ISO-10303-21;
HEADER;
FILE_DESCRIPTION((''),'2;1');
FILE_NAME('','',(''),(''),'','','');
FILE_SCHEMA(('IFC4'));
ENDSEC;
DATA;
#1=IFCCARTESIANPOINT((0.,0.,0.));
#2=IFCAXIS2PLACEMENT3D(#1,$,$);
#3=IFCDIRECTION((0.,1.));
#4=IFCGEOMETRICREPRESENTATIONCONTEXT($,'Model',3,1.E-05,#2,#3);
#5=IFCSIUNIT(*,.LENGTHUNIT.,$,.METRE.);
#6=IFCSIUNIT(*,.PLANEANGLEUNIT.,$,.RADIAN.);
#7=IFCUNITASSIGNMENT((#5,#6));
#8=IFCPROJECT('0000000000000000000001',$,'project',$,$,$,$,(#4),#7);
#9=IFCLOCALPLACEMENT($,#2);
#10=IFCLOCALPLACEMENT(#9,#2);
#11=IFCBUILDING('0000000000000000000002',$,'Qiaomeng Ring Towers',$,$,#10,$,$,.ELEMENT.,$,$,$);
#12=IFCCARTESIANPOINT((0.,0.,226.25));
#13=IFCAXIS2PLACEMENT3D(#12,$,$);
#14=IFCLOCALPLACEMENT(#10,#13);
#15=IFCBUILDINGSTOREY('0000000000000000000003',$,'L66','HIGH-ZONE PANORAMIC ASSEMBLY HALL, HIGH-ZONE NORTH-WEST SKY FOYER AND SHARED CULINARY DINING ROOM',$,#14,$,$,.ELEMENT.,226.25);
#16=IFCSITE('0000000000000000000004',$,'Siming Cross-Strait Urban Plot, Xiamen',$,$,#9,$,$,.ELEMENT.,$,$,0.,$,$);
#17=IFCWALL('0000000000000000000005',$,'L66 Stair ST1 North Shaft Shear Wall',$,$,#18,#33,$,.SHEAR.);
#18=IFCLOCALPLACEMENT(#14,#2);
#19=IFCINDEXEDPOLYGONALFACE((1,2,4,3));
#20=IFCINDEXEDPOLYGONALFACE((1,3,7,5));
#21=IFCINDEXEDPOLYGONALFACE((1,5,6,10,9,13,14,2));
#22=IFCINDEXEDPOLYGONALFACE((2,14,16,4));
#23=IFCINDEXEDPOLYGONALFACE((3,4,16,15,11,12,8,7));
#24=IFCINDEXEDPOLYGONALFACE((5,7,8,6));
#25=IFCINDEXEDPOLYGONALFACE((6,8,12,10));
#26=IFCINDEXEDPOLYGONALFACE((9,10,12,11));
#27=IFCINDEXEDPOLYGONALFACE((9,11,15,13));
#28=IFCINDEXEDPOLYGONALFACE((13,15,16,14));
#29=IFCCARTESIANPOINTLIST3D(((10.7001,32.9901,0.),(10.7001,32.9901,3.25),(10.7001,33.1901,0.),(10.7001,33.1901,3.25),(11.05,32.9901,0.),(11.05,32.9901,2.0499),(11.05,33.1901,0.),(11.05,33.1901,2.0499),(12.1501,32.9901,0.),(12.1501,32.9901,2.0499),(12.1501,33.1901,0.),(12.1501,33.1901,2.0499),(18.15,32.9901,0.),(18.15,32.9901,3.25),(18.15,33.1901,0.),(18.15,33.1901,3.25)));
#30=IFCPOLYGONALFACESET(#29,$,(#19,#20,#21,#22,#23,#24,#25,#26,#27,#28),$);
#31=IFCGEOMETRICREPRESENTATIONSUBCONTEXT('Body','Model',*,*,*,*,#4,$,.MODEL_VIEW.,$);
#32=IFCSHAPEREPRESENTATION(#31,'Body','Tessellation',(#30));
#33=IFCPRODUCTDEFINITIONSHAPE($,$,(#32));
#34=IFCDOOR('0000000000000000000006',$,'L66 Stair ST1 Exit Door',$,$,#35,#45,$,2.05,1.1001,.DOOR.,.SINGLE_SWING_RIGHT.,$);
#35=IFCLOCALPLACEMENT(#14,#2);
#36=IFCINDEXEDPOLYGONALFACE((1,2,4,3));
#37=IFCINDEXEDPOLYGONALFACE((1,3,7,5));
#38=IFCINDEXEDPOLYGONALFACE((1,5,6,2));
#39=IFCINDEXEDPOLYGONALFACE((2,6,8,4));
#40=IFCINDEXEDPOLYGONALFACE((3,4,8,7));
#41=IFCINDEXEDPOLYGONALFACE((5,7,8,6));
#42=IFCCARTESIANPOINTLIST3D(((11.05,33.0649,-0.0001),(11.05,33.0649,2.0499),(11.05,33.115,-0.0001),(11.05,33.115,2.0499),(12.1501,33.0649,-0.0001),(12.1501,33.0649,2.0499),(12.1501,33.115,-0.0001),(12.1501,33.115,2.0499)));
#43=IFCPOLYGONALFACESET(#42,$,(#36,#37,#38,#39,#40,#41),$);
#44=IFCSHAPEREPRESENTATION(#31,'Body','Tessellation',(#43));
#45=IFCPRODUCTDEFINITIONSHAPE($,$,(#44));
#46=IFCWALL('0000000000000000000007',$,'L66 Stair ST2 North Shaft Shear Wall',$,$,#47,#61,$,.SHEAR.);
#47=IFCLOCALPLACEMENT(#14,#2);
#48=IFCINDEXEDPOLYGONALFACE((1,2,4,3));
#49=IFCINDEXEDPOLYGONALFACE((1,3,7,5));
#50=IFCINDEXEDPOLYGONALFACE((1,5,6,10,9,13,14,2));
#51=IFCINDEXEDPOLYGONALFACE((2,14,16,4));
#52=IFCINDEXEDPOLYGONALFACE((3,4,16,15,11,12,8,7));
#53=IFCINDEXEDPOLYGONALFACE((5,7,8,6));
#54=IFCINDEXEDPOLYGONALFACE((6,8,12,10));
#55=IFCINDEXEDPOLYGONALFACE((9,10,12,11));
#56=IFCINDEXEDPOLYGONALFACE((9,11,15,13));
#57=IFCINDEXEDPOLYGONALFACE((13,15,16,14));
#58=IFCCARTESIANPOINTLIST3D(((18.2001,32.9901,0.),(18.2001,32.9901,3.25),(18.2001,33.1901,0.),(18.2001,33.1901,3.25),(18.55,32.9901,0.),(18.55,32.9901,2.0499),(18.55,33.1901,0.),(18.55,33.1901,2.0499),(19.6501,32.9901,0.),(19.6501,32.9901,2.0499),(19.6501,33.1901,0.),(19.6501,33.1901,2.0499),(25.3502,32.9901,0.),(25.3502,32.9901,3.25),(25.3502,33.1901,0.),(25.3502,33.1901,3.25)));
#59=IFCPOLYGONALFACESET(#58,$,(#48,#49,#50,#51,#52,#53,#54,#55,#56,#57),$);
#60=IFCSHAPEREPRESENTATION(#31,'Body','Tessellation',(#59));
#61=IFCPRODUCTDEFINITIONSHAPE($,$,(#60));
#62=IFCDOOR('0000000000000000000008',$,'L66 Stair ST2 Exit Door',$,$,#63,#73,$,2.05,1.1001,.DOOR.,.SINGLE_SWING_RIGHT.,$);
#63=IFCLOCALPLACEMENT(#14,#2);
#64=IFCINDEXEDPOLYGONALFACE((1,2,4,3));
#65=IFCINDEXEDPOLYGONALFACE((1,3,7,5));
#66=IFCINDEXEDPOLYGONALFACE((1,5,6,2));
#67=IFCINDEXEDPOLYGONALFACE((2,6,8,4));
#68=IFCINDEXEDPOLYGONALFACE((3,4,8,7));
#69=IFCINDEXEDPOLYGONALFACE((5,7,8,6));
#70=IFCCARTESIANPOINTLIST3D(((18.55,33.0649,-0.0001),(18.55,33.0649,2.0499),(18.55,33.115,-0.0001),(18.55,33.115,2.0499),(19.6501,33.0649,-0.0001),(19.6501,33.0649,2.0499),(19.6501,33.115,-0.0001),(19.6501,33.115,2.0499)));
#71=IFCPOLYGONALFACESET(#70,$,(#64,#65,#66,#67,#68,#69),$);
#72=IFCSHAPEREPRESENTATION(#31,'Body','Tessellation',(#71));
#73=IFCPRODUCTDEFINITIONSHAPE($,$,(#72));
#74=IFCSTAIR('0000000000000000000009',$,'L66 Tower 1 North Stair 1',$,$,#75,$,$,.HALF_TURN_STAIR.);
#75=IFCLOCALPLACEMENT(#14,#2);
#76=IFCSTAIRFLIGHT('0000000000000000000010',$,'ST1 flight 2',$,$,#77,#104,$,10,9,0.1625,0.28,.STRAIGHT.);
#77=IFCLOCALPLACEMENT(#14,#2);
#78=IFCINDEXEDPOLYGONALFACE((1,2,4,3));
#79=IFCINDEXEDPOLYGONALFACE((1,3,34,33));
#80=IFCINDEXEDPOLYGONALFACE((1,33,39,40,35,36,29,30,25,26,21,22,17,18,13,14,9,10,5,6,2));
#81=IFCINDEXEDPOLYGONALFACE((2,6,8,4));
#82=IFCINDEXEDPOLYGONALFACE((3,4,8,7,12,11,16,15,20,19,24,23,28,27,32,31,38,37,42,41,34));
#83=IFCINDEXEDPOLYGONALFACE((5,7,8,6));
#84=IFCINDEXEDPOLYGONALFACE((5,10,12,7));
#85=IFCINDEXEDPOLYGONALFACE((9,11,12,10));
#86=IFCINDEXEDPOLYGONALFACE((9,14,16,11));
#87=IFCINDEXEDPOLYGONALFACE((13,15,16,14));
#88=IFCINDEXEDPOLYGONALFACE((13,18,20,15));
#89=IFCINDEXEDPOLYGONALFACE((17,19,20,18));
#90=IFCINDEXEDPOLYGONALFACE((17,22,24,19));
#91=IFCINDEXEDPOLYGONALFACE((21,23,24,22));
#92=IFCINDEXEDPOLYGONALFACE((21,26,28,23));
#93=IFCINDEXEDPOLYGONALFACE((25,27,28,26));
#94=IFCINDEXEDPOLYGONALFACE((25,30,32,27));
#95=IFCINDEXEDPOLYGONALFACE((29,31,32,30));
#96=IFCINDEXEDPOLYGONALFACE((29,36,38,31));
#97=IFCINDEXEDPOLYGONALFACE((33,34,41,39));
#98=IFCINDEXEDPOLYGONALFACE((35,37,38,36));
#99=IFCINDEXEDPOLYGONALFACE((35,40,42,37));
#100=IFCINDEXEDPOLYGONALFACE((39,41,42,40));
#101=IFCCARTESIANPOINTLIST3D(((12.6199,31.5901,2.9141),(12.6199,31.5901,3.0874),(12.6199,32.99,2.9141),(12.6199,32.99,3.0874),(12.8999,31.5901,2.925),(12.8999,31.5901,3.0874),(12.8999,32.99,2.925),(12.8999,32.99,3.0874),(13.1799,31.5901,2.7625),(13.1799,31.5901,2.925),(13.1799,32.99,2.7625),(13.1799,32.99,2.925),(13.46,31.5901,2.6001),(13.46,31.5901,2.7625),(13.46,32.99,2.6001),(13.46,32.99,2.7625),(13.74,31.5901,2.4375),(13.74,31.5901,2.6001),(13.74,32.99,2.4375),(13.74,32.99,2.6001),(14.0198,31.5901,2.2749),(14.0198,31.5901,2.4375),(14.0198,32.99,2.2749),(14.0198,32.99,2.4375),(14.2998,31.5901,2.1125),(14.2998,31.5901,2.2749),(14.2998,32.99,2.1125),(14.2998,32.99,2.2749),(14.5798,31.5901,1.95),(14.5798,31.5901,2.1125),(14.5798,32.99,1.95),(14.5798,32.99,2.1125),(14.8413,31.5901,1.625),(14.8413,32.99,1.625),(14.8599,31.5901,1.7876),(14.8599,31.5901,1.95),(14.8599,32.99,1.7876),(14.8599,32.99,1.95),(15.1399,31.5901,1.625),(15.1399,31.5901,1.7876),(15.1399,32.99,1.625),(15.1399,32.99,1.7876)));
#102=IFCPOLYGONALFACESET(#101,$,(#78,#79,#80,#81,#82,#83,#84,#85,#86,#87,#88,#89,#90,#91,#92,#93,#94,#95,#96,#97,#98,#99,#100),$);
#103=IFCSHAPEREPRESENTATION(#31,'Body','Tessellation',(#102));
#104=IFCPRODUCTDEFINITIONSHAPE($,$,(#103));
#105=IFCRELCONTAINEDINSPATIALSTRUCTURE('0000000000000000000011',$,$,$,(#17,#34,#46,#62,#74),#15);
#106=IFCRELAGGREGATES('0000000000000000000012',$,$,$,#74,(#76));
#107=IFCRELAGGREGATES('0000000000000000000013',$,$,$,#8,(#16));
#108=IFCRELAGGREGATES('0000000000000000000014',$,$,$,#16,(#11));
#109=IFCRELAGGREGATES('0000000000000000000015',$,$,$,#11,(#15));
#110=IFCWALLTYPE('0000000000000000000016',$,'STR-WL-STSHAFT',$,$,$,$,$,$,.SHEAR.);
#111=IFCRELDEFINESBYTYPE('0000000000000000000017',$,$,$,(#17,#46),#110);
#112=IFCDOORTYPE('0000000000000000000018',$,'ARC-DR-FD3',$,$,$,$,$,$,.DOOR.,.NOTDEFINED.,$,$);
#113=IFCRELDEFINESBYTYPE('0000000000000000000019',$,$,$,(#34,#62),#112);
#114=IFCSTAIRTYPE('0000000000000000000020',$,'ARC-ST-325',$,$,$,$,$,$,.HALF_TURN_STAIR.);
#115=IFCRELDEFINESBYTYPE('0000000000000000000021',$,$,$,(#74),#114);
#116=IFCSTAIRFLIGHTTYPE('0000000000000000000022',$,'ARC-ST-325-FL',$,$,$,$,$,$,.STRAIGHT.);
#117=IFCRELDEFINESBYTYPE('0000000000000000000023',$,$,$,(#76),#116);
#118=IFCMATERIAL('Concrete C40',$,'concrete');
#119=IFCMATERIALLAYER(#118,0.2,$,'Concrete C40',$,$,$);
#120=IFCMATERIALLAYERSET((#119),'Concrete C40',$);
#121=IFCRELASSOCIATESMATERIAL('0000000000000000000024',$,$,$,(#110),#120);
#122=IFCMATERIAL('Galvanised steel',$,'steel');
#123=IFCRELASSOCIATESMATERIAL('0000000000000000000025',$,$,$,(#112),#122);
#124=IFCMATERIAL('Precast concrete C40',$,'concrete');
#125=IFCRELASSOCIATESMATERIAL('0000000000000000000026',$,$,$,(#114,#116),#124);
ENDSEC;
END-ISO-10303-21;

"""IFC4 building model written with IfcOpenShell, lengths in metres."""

from ifc_helpers import new_model, si_unit, direction, frame, frame_2d, origin, place, context, subcontext, project, spatial, polyline, rectangle, outline, extrude, source, transform, mapped, material, layer, layer_set, type_object, element, fill, aggregate, save


model = new_model("IFC4")

# Units and contexts
model_context = context("Model", 3, precision=1e-05, world=origin(), true_north=direction((0.0, 1.0)))
body_context = subcontext(model_context, "Body", "Model", "MODEL_VIEW")
ifc_project = project(units=[si_unit("LENGTHUNIT", "METRE"), si_unit("PLANEANGLEUNIT", "RADIAN")], contexts=[model_context])

# Site, building, storey
site_placement = place(None, origin())
site = spatial("IfcSite", under=ifc_project, at=site_placement, Name="Siming Cross-Strait Urban Plot, Xiamen", CompositionType="ELEMENT", RefElevation=0.0)
building_placement = place(site_placement, origin())
building = spatial("IfcBuilding", under=site, at=building_placement, Name="Qiaomeng Ring Towers", CompositionType="ELEMENT")
storey_placement = place(building_placement, frame((0.0, 0.0, 226.25)))
storey = spatial("IfcBuildingStorey", under=building, at=storey_placement, Name="L66", Description="HIGH-ZONE PANORAMIC ASSEMBLY HALL, HIGH-ZONE NORTH-WEST SKY FOYER AND SHARED CULINARY DINING ROOM", CompositionType="ELEMENT", Elevation=226.25)

# Shared definitions
ifc_material_1 = material(Name="Concrete C40", Category="concrete")
ifc_layer_1 = layer(ifc_material_1, 0.2, Name="Concrete C40")
ifc_layer_set_1 = layer_set([ifc_layer_1], Name="Concrete C40")
wall_type_1 = type_object("IfcWallType", Name="STR-WL-STSHAFT", PredefinedType="SHEAR", material=ifc_layer_set_1)

# Walls, openings, doors
wall_1_placement = place(storey_placement, frame((10.7, 33.0901, 0.0), z_axis=(0.0, 0.0, 1.0), x_axis=(1.0, 0.0, 0.0)))
wall_1 = element("IfcWall", 1, at=wall_1_placement, inside=storey, type_object=wall_type_1, Name="L66 Stair ST1 North Shaft Shear Wall", PredefinedType="SHEAR", context=body_context, shape_type="SweptSolid", body=[
    extrude(rectangle(XDim=7.45, YDim=0.2, at=frame_2d((3.7251, 0.0))), origin(), (0.0, 0.0, 1.0), 3.25),
])
opening_1_placement = place(wall_1_placement, frame((0.3501, 0.0, 0.0)))
opening_1 = element("IfcOpeningElement", 2, at=opening_1_placement, cuts=wall_1, PredefinedType="OPENING", context=body_context, shape_type="SweptSolid", body=[
    extrude(rectangle(XDim=1.1001, YDim=2.05, at=frame_2d((0.55, 1.0249))), frame((0.0, 0.1099, 0.0), z_axis=(0.0, -1.0, 0.0), x_axis=(1.0, 0.0, 0.0)), (0.0, 0.0, 1.0), 0.22),
])
ifc_material_2 = material(Name="Galvanised steel", Category="steel")
door_type = type_object("IfcDoorType", Name="ARC-DR-FD3", OperationType="NOTDEFINED", PredefinedType="DOOR", material=ifc_material_2)
shared_shape_1 = source(origin(), body_context, "Body", "SweptSolid", [
    extrude(rectangle(XDim=1.1001, YDim=2.05, at=frame_2d((0.55, 1.0249))), frame((0.0, 0.0249, 0.0), z_axis=(0.0, -1.0, 0.0), x_axis=(1.0, 0.0, 0.0)), (0.0, 0.0, 1.0), 0.05),
])
door_1_placement = place(opening_1_placement, origin())
door_1 = element("IfcDoor", 3, at=door_1_placement, inside=storey, type_object=door_type, Name="L66 Stair ST1 Exit Door", OperationType="SINGLE_SWING_RIGHT", OverallHeight=2.05, OverallWidth=1.1001, PredefinedType="DOOR", context=body_context, shape_type="MappedRepresentation", body=[
    mapped(shared_shape_1, transform((0.0, 0.0, 0.0), x_axis=(1.0, 0.0, 0.0), y_axis=(0.0, 1.0, 0.0), z_axis=(0.0, 0.0, 1.0), scale=1.0)),
])
fill(opening_1, door_1)
wall_2_placement = place(storey_placement, frame((18.2, 33.0901, 0.0), z_axis=(0.0, 0.0, 1.0), x_axis=(1.0, 0.0, 0.0)))
wall_2 = element("IfcWall", 4, at=wall_2_placement, inside=storey, type_object=wall_type_1, Name="L66 Stair ST2 North Shaft Shear Wall", PredefinedType="SHEAR", context=body_context, shape_type="SweptSolid", body=[
    extrude(rectangle(XDim=7.1501, YDim=0.2, at=frame_2d((3.5752, 0.0))), origin(), (0.0, 0.0, 1.0), 3.25),
])
opening_2_placement = place(wall_2_placement, frame((0.3501, 0.0, 0.0)))
opening_2 = element("IfcOpeningElement", 5, at=opening_2_placement, cuts=wall_2, PredefinedType="OPENING", context=body_context, shape_type="SweptSolid", body=[
    extrude(rectangle(XDim=1.1001, YDim=2.05, at=frame_2d((0.55, 1.0249))), frame((0.0, 0.1099, 0.0), z_axis=(0.0, -1.0, 0.0), x_axis=(1.0, 0.0, 0.0)), (0.0, 0.0, 1.0), 0.22),
])
door_2_placement = place(opening_2_placement, origin())
door_2 = element("IfcDoor", 6, at=door_2_placement, inside=storey, type_object=door_type, Name="L66 Stair ST2 Exit Door", OperationType="SINGLE_SWING_RIGHT", OverallHeight=2.05, OverallWidth=1.1001, PredefinedType="DOOR", context=body_context, shape_type="MappedRepresentation", body=[
    mapped(shared_shape_1, transform((0.0, 0.0, 0.0), x_axis=(1.0, 0.0, 0.0), y_axis=(0.0, 1.0, 0.0), z_axis=(0.0, 0.0, 1.0), scale=1.0)),
])
fill(opening_2, door_2)

# Stair, stair flight
ifc_material_3 = material(Name="Precast concrete C40", Category="concrete")
stair_type = type_object("IfcStairType", Name="ARC-ST-325", PredefinedType="HALF_TURN_STAIR", material=ifc_material_3)
stair_placement = place(storey_placement, origin())
stair = element("IfcStair", 7, at=stair_placement, inside=storey, type_object=stair_type, Name="L66 Tower 1 North Stair 1", PredefinedType="HALF_TURN_STAIR")
stair_flight_type = type_object("IfcStairFlightType", Name="ARC-ST-325-FL", PredefinedType="STRAIGHT", material=ifc_material_3)
shared_shape_2 = source(origin(), body_context, "Body", "SweptSolid", [
    extrude(outline(polyline([(0.0, 0.0), (0.0, 0.1626), (0.28, 0.1626), (0.28, 0.325), (0.5601, 0.325), (0.5601, 0.4875), (0.8401, 0.4875), (0.8401, 0.6499), (1.1201, 0.6499), (1.1201, 0.8125), (1.3999, 0.8125), (1.3999, 0.9751), (1.6799, 0.9751), (1.6799, 1.1375), (1.96, 1.1375), (1.96, 1.3), (2.24, 1.3), (2.24, 1.4624), (2.52, 1.4624), (2.52, 1.625), (2.52, 1.2891), (0.2986, 0.0), (0.0, 0.0)])), frame((0.0, 0.7, 0.0), z_axis=(0.0, -1.0, 0.0), x_axis=(1.0, 0.0, 0.0)), (0.0, 0.0, 1.0), 1.3999),
])
stair_flight_placement = place(storey_placement, frame((15.1399, 32.29, 1.625), z_axis=(0.0, 0.0, 1.0), x_axis=(-1.0, 0.0, 0.0)))
stair_flight = element("IfcStairFlight", 8, at=stair_flight_placement, type_object=stair_flight_type, Name="ST1 flight 2", NumberOfRisers=10, NumberOfTreads=9, PredefinedType="STRAIGHT", RiserHeight=0.1625, TreadLength=0.28, context=body_context, shape_type="MappedRepresentation", body=[
    mapped(shared_shape_2, transform((0.0, 0.0, 0.0), x_axis=(1.0, 0.0, 0.0), y_axis=(0.0, 1.0, 0.0), z_axis=(0.0, 0.0, 1.0), scale=1.0)),
])
aggregate(stair, [stair_flight])

save(model, "model.ifc")
